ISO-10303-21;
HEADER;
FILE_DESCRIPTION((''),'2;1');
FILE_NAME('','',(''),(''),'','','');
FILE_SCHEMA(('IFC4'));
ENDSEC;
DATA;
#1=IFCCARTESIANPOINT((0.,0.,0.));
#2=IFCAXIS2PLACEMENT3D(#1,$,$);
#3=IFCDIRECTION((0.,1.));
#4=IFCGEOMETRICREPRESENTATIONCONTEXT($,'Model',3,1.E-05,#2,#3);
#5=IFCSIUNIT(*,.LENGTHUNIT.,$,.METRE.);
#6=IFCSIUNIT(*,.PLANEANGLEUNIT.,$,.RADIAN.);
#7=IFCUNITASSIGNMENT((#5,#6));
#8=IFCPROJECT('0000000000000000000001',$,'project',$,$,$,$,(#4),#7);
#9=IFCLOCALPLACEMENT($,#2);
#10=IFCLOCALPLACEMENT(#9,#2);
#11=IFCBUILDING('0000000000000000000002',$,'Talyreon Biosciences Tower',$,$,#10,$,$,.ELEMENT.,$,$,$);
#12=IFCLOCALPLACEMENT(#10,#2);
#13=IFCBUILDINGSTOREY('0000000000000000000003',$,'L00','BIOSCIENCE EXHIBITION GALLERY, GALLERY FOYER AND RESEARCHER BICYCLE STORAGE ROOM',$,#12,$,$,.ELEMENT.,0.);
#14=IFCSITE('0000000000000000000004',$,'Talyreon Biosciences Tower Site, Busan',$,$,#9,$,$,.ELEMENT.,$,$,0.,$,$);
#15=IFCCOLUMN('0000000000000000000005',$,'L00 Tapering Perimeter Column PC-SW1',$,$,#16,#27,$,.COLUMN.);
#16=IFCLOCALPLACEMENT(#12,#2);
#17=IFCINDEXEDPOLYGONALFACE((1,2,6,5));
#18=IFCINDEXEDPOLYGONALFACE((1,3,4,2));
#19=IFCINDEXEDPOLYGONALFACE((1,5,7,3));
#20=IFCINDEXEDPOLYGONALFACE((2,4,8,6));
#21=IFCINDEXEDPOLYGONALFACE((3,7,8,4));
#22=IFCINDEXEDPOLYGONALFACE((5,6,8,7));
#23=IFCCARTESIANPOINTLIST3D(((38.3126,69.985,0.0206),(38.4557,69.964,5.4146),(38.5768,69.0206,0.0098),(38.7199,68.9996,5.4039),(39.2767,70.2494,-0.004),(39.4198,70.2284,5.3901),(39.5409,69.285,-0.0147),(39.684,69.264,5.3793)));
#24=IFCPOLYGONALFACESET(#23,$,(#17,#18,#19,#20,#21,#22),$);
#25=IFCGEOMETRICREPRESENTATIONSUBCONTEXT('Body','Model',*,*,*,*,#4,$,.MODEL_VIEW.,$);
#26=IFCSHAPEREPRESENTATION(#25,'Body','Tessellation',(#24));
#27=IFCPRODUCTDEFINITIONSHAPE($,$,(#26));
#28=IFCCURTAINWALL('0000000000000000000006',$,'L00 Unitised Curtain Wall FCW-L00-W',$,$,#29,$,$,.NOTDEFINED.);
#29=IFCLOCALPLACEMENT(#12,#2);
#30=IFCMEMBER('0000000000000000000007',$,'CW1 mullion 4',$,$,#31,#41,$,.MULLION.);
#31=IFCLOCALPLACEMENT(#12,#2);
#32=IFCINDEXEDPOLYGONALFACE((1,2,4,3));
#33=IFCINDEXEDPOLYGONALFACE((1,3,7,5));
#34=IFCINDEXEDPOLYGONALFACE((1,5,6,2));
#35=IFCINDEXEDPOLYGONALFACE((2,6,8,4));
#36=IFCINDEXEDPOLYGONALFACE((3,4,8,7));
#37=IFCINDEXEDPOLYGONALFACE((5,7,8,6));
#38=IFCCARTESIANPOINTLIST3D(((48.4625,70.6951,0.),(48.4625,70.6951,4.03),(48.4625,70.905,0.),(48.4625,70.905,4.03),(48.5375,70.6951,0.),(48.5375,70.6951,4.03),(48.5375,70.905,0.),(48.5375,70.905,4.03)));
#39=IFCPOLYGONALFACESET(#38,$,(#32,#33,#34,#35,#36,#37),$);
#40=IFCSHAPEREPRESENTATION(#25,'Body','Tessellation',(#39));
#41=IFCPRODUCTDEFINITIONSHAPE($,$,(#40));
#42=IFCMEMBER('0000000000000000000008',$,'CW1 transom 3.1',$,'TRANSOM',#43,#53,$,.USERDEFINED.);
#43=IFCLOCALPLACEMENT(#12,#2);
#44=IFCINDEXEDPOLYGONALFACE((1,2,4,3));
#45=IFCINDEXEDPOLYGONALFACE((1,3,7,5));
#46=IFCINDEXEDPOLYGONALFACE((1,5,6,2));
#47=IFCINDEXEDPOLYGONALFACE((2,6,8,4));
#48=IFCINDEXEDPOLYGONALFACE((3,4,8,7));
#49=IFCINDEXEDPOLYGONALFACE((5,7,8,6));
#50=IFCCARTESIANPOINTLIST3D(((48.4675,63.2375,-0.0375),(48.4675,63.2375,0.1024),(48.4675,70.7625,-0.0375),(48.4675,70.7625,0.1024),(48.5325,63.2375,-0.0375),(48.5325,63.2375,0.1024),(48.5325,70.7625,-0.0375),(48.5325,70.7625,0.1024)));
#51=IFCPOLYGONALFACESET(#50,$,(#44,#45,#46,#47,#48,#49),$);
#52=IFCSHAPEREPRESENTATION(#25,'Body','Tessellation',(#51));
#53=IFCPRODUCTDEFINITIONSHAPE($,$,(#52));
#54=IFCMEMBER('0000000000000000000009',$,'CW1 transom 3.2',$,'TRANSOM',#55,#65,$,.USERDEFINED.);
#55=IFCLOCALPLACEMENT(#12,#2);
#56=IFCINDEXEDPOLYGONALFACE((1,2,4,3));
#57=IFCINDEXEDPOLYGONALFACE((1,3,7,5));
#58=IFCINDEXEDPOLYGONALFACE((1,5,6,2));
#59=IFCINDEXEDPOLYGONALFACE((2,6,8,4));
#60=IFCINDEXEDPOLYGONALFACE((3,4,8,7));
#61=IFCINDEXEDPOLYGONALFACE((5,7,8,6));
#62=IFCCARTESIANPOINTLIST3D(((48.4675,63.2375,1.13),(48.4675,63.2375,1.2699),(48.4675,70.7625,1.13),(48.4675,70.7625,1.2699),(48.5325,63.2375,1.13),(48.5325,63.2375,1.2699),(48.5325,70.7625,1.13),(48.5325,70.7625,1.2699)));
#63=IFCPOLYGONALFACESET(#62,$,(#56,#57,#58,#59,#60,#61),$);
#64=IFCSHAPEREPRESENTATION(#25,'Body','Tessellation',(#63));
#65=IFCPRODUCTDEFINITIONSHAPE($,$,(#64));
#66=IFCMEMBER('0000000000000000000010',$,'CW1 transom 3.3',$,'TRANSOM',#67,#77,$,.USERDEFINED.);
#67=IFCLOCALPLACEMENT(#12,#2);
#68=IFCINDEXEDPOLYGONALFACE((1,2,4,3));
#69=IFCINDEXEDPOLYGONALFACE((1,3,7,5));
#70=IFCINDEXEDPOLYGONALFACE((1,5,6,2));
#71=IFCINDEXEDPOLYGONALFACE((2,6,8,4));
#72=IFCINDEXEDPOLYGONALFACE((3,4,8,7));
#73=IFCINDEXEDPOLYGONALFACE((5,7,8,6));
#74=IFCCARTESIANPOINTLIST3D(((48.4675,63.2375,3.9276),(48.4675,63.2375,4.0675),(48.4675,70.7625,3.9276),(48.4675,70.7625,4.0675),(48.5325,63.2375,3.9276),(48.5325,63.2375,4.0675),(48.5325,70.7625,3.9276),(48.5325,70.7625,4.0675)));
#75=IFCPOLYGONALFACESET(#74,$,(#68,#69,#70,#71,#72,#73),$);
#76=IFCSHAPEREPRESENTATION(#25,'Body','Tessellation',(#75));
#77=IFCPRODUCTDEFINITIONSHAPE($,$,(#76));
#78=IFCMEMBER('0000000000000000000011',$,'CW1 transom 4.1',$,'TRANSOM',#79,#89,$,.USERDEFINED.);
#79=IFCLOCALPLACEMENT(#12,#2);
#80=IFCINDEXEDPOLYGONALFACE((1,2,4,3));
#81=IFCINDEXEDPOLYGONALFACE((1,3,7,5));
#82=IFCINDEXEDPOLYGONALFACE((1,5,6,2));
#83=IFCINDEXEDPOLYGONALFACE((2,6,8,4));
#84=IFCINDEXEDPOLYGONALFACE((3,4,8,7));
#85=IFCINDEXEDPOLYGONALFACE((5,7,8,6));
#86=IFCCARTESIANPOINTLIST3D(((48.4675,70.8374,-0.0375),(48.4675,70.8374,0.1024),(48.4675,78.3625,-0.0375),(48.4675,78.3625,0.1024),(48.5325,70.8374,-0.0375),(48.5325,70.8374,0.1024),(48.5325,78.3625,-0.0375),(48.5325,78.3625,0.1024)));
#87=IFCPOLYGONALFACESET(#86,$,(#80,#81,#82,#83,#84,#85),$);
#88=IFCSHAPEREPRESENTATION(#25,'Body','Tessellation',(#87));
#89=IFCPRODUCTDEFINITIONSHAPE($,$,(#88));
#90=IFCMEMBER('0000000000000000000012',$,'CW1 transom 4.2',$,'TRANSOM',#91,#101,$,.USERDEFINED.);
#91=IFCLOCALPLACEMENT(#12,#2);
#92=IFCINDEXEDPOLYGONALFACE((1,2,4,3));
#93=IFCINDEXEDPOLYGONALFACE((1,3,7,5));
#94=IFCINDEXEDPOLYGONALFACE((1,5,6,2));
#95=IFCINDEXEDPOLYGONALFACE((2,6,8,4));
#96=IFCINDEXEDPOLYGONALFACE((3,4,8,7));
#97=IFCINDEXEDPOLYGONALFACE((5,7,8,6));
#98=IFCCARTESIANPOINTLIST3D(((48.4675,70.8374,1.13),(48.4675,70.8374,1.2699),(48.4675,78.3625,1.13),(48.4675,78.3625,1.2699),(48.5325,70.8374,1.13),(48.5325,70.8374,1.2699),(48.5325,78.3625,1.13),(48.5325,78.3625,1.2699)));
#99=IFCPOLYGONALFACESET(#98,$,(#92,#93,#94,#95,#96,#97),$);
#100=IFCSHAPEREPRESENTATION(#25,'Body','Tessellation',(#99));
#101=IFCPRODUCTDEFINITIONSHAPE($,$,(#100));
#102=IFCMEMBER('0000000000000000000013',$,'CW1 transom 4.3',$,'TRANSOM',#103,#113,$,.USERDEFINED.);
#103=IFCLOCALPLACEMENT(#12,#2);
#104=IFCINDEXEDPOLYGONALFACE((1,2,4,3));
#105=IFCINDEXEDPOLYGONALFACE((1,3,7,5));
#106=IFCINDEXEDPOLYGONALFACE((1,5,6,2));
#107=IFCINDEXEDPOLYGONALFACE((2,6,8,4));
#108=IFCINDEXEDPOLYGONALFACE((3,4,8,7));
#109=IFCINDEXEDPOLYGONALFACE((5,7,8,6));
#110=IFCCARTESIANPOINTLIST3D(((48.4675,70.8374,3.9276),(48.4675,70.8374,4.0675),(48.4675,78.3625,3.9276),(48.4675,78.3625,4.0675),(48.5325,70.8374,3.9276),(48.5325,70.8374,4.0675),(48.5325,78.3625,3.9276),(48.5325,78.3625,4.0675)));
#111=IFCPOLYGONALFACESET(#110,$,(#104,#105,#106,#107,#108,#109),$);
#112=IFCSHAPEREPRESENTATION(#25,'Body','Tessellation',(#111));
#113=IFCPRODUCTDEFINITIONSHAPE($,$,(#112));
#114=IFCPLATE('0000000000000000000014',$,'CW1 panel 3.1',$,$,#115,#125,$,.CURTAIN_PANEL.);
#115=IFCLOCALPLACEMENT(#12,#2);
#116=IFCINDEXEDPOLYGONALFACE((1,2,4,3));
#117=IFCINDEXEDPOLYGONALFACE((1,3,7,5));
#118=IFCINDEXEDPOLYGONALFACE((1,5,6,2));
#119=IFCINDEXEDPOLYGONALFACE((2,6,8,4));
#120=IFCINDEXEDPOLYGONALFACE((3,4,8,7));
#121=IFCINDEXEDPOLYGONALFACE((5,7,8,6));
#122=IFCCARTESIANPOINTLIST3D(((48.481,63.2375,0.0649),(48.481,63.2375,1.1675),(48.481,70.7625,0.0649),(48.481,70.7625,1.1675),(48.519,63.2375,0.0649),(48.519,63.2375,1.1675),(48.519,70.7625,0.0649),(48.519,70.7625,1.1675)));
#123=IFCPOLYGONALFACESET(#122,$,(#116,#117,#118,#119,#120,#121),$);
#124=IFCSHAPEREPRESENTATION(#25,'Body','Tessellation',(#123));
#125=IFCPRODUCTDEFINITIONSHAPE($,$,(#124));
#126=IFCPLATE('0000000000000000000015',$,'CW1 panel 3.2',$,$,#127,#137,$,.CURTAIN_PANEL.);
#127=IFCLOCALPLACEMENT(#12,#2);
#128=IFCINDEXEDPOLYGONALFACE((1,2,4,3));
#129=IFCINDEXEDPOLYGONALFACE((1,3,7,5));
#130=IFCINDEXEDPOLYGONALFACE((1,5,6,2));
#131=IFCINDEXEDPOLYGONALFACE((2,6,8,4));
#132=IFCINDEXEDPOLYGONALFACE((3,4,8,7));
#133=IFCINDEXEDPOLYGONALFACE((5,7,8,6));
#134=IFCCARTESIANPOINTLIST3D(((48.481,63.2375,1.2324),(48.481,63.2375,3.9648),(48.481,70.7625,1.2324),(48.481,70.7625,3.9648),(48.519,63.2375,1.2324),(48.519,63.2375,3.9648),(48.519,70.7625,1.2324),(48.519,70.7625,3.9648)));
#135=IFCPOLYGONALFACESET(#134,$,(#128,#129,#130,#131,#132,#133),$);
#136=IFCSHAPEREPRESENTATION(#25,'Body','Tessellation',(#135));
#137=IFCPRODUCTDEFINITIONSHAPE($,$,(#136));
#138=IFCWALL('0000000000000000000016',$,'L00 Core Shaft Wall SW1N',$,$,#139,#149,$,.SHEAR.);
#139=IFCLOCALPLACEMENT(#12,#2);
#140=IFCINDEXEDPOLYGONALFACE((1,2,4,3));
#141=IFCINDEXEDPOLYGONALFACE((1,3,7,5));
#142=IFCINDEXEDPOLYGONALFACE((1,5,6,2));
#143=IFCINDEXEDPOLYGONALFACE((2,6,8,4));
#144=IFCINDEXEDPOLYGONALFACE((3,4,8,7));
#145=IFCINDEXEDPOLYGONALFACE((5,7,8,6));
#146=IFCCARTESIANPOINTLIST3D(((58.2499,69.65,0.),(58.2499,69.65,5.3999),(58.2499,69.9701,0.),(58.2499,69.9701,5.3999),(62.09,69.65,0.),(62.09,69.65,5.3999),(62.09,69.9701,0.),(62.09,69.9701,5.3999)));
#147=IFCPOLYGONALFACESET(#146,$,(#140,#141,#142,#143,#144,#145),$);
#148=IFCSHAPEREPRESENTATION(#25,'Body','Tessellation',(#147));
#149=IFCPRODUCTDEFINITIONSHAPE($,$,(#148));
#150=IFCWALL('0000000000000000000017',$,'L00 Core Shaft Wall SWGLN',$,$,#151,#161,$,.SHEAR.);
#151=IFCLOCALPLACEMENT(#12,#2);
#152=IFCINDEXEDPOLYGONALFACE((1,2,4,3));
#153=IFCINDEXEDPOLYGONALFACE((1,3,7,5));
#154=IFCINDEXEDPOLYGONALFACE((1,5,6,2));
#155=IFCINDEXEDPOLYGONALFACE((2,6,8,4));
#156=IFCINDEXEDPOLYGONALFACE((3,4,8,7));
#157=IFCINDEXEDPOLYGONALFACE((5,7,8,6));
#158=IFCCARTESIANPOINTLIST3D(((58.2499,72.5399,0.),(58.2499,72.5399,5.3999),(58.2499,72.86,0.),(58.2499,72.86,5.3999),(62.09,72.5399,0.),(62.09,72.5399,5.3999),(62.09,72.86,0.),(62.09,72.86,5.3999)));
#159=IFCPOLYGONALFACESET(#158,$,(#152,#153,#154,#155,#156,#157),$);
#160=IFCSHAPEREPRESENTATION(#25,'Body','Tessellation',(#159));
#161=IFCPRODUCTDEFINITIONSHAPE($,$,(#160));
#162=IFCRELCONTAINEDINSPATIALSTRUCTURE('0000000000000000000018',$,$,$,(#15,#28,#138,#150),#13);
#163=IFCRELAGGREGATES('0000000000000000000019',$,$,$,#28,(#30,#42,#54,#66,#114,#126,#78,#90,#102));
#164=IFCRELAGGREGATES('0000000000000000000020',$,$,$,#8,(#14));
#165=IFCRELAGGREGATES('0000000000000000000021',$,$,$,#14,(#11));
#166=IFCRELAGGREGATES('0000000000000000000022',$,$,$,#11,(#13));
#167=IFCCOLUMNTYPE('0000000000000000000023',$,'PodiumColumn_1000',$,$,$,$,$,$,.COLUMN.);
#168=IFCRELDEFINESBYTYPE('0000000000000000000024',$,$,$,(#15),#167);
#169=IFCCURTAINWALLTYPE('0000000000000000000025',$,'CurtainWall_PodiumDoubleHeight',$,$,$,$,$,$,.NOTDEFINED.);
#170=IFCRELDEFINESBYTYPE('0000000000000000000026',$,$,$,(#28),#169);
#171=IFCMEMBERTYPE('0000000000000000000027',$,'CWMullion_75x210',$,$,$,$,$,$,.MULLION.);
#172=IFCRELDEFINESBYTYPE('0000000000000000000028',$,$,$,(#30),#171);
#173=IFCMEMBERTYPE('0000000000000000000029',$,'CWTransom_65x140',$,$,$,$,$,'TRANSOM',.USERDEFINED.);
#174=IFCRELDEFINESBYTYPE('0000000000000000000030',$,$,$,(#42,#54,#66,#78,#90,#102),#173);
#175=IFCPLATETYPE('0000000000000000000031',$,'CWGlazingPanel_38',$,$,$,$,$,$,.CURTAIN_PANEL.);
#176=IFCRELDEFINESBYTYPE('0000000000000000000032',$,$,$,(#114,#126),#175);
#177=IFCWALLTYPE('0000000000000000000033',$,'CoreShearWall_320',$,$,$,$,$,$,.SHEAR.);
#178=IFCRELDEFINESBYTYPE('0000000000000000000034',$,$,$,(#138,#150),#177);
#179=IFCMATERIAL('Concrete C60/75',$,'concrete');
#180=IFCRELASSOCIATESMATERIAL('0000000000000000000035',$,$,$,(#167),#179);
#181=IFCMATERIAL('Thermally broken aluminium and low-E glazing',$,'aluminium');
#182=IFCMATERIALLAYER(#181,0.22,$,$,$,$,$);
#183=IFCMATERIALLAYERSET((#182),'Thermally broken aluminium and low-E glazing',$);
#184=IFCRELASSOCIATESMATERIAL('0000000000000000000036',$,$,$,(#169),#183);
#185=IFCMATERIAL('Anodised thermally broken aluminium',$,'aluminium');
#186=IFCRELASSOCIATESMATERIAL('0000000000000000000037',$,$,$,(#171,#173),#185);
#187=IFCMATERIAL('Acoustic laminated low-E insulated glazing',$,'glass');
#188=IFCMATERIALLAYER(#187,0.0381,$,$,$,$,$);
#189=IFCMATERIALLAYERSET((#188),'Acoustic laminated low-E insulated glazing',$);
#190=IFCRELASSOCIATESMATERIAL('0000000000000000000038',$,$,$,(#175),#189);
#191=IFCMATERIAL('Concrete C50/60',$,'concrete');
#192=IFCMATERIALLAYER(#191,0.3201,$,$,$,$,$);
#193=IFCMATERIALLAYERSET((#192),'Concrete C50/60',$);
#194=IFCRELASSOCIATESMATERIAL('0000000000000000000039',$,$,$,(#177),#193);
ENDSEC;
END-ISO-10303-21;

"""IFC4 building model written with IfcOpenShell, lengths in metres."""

from ifc_helpers import new_model, si_unit, direction, frame, frame_2d, origin, origin_2d, place, context, subcontext, project, spatial, rectangle, extrude, material, layer, layer_set, material_profile, profile_set, type_object, element, aggregate, save


model = new_model("IFC4")

# Units and contexts
model_context = context("Model", 3, precision=1e-05, world=origin(), true_north=direction((0.0, 1.0)))
body_context = subcontext(model_context, "Body", "Model", "MODEL_VIEW")
ifc_project = project(units=[si_unit("LENGTHUNIT", "METRE"), si_unit("PLANEANGLEUNIT", "RADIAN")], contexts=[model_context])

# Site, building, storey
site_placement = place(None, origin())
site = spatial("IfcSite", under=ifc_project, at=site_placement, Name="Talyreon Biosciences Tower Site, Busan", CompositionType="ELEMENT", RefElevation=0.0)
building_placement = place(site_placement, origin())
building = spatial("IfcBuilding", under=site, at=building_placement, Name="Talyreon Biosciences Tower", CompositionType="ELEMENT")
storey_placement = place(building_placement, origin())
storey = spatial("IfcBuildingStorey", under=building, at=storey_placement, Name="L00", Description="BIOSCIENCE EXHIBITION GALLERY, GALLERY FOYER AND RESEARCHER BICYCLE STORAGE ROOM", CompositionType="ELEMENT", Elevation=0.0)

# Column
ifc_material_1 = material(Name="Concrete C60/75", Category="concrete")
ifc_material_profile_1 = material_profile(ifc_material_1, rectangle(XDim=1.0, YDim=1.0, at=origin_2d()), Name="RC 1000x1000")
ifc_profile_set_1 = profile_set([ifc_material_profile_1], Name="Concrete C60/75")
column_type = type_object("IfcColumnType", Name="PodiumColumn_1000", PredefinedType="COLUMN", material=ifc_profile_set_1)
column_placement = place(storey_placement, frame((38.9268, 69.635, 0.0029), z_axis=(0.026514, -0.003891, 0.999641), x_axis=(0.964103, 0.264392, -0.024542)))
element("IfcColumn", 1, at=column_placement, inside=storey, type_object=column_type, Name="L00 Tapering Perimeter Column PC-SW1", PredefinedType="COLUMN", context=body_context, shape_type="SweptSolid", body=[
    extrude(rectangle(XDim=1.0, YDim=1.0, at=origin_2d()), origin(), (0.0, 0.0, 1.0), 5.396),
])

# Curtain wall, members, plates
ifc_material_2 = material(Name="Thermally broken aluminium and low-E glazing", Category="aluminium")
ifc_layer_1 = layer(ifc_material_2, 0.22)
ifc_layer_set_1 = layer_set([ifc_layer_1], Name="Thermally broken aluminium and low-E glazing")
curtain_wall_type = type_object("IfcCurtainWallType", Name="CurtainWall_PodiumDoubleHeight", PredefinedType="NOTDEFINED", material=ifc_layer_set_1)
curtain_wall_placement = place(storey_placement, origin())
curtain_wall = element("IfcCurtainWall", 2, at=curtain_wall_placement, inside=storey, type_object=curtain_wall_type, Name="L00 Unitised Curtain Wall FCW-L00-W", PredefinedType="NOTDEFINED")
ifc_material_3 = material(Name="Anodised thermally broken aluminium", Category="aluminium")
ifc_material_profile_2 = material_profile(ifc_material_3, rectangle(XDim=0.075, YDim=0.21, at=origin_2d()), Name="ALUM MULLION 75x210")
ifc_profile_set_2 = profile_set([ifc_material_profile_2], Name="Anodised thermally broken aluminium")
member_type_1 = type_object("IfcMemberType", Name="CWMullion_75x210", PredefinedType="MULLION", material=ifc_profile_set_2)
member_1_placement = place(storey_placement, frame((48.5, 70.8, 0.0), z_axis=(0.0, 0.0, 1.0), x_axis=(-1.0, 0.0, 0.0)))
member_1 = element("IfcMember", 3, at=member_1_placement, type_object=member_type_1, Name="CW1 mullion 4", PredefinedType="MULLION", context=body_context, shape_type="SweptSolid", body=[
    extrude(rectangle(XDim=0.075, YDim=0.21, at=origin_2d()), origin(), (0.0, 0.0, 1.0), 4.03),
])
ifc_material_profile_3 = material_profile(ifc_material_3, rectangle(XDim=0.0649, YDim=0.1399, at=origin_2d()), Name="ALUM TRANSOM 65x140")
ifc_profile_set_3 = profile_set([ifc_material_profile_3], Name="Anodised thermally broken aluminium")
member_type_2 = type_object("IfcMemberType", Name="CWTransom_65x140", ElementType="TRANSOM", PredefinedType="USERDEFINED", material=ifc_profile_set_3)
member_2_placement = place(storey_placement, frame((48.5, 63.2375, 0.0325), z_axis=(0.0, 1.0, 0.0), x_axis=(-1.0, 0.0, 0.0)))
member_2 = element("IfcMember", 4, at=member_2_placement, type_object=member_type_2, Name="CW1 transom 3.1", ObjectType="TRANSOM", PredefinedType="USERDEFINED", context=body_context, shape_type="SweptSolid", body=[
    extrude(rectangle(XDim=0.0649, YDim=0.1399, at=origin_2d()), origin(), (0.0, 0.0, 1.0), 7.5249),
])
member_3_placement = place(storey_placement, frame((48.5, 63.2375, 1.2), z_axis=(0.0, 1.0, 0.0), x_axis=(-1.0, 0.0, 0.0)))
member_3 = element("IfcMember", 5, at=member_3_placement, type_object=member_type_2, Name="CW1 transom 3.2", ObjectType="TRANSOM", PredefinedType="USERDEFINED", context=body_context, shape_type="SweptSolid", body=[
    extrude(rectangle(XDim=0.0649, YDim=0.1399, at=origin_2d()), origin(), (0.0, 0.0, 1.0), 7.5249),
])
member_4_placement = place(storey_placement, frame((48.5, 63.2375, 3.9976), z_axis=(0.0, 1.0, 0.0), x_axis=(-1.0, 0.0, 0.0)))
member_4 = element("IfcMember", 6, at=member_4_placement, type_object=member_type_2, Name="CW1 transom 3.3", ObjectType="TRANSOM", PredefinedType="USERDEFINED", context=body_context, shape_type="SweptSolid", body=[
    extrude(rectangle(XDim=0.0649, YDim=0.1399, at=origin_2d()), origin(), (0.0, 0.0, 1.0), 7.5249),
])
member_5_placement = place(storey_placement, frame((48.5, 70.8374, 0.0325), z_axis=(0.0, 1.0, 0.0), x_axis=(-1.0, 0.0, 0.0)))
member_5 = element("IfcMember", 7, at=member_5_placement, type_object=member_type_2, Name="CW1 transom 4.1", ObjectType="TRANSOM", PredefinedType="USERDEFINED", context=body_context, shape_type="SweptSolid", body=[
    extrude(rectangle(XDim=0.0649, YDim=0.1399, at=origin_2d()), origin(), (0.0, 0.0, 1.0), 7.5251),
])
member_6_placement = place(storey_placement, frame((48.5, 70.8374, 1.2), z_axis=(0.0, 1.0, 0.0), x_axis=(-1.0, 0.0, 0.0)))
member_6 = element("IfcMember", 8, at=member_6_placement, type_object=member_type_2, Name="CW1 transom 4.2", ObjectType="TRANSOM", PredefinedType="USERDEFINED", context=body_context, shape_type="SweptSolid", body=[
    extrude(rectangle(XDim=0.0649, YDim=0.1399, at=origin_2d()), origin(), (0.0, 0.0, 1.0), 7.5251),
])
member_7_placement = place(storey_placement, frame((48.5, 70.8374, 3.9976), z_axis=(0.0, 1.0, 0.0), x_axis=(-1.0, 0.0, 0.0)))
member_7 = element("IfcMember", 9, at=member_7_placement, type_object=member_type_2, Name="CW1 transom 4.3", ObjectType="TRANSOM", PredefinedType="USERDEFINED", context=body_context, shape_type="SweptSolid", body=[
    extrude(rectangle(XDim=0.0649, YDim=0.1399, at=origin_2d()), origin(), (0.0, 0.0, 1.0), 7.5251),
])
ifc_material_4 = material(Name="Acoustic laminated low-E insulated glazing", Category="glass")
ifc_layer_2 = layer(ifc_material_4, 0.0381)
ifc_layer_set_2 = layer_set([ifc_layer_2], Name="Acoustic laminated low-E insulated glazing")
plate_type = type_object("IfcPlateType", Name="CWGlazingPanel_38", PredefinedType="CURTAIN_PANEL", material=ifc_layer_set_2)
plate_1_placement = place(storey_placement, frame((48.5, 67.0, 0.0649), z_axis=(0.0, 0.0, 1.0), x_axis=(0.0, 1.0, 0.0)))
plate_1 = element("IfcPlate", 10, at=plate_1_placement, type_object=plate_type, Name="CW1 panel 3.1", PredefinedType="CURTAIN_PANEL", context=body_context, shape_type="SweptSolid", body=[
    extrude(rectangle(XDim=7.5249, YDim=0.0381, at=origin_2d()), origin(), (0.0, 0.0, 1.0), 1.1025),
])
plate_2_placement = place(storey_placement, frame((48.5, 67.0, 1.2324), z_axis=(0.0, 0.0, 1.0), x_axis=(0.0, 1.0, 0.0)))
plate_2 = element("IfcPlate", 11, at=plate_2_placement, type_object=plate_type, Name="CW1 panel 3.2", PredefinedType="CURTAIN_PANEL", context=body_context, shape_type="SweptSolid", body=[
    extrude(rectangle(XDim=7.5249, YDim=0.0381, at=origin_2d()), origin(), (0.0, 0.0, 1.0), 2.7324),
])
aggregate(curtain_wall, [member_1, member_2, member_3, member_4, plate_1, plate_2, member_5, member_6, member_7])

# Walls
ifc_material_5 = material(Name="Concrete C50/60", Category="concrete")
ifc_layer_3 = layer(ifc_material_5, 0.3201)
ifc_layer_set_3 = layer_set([ifc_layer_3], Name="Concrete C50/60")
wall_type = type_object("IfcWallType", Name="CoreShearWall_320", PredefinedType="SHEAR", material=ifc_layer_set_3)
for number, where, z_axis, x_axis, name in (
    (12, (58.25, 69.8101, 0.0), (0.0, 0.0, 1.0), (1.0, 0.0, 0.0), "L00 Core Shaft Wall SW1N"),
    (13, (58.25, 72.7, 0.0), (0.0, 0.0, 1.0), (1.0, 0.0, 0.0), "L00 Core Shaft Wall SWGLN"),
):
    element("IfcWall", number, at=place(storey_placement, frame(where, z_axis=z_axis, x_axis=x_axis)), inside=storey, type_object=wall_type, Name=name, PredefinedType="SHEAR", context=body_context, shape_type="SweptSolid", body=[
        extrude(rectangle(XDim=3.8401, YDim=0.3201, at=frame_2d((1.9199, 0.0))), origin(), (0.0, 0.0, 1.0), 5.3999),
    ])

save(model, "model.ifc")
